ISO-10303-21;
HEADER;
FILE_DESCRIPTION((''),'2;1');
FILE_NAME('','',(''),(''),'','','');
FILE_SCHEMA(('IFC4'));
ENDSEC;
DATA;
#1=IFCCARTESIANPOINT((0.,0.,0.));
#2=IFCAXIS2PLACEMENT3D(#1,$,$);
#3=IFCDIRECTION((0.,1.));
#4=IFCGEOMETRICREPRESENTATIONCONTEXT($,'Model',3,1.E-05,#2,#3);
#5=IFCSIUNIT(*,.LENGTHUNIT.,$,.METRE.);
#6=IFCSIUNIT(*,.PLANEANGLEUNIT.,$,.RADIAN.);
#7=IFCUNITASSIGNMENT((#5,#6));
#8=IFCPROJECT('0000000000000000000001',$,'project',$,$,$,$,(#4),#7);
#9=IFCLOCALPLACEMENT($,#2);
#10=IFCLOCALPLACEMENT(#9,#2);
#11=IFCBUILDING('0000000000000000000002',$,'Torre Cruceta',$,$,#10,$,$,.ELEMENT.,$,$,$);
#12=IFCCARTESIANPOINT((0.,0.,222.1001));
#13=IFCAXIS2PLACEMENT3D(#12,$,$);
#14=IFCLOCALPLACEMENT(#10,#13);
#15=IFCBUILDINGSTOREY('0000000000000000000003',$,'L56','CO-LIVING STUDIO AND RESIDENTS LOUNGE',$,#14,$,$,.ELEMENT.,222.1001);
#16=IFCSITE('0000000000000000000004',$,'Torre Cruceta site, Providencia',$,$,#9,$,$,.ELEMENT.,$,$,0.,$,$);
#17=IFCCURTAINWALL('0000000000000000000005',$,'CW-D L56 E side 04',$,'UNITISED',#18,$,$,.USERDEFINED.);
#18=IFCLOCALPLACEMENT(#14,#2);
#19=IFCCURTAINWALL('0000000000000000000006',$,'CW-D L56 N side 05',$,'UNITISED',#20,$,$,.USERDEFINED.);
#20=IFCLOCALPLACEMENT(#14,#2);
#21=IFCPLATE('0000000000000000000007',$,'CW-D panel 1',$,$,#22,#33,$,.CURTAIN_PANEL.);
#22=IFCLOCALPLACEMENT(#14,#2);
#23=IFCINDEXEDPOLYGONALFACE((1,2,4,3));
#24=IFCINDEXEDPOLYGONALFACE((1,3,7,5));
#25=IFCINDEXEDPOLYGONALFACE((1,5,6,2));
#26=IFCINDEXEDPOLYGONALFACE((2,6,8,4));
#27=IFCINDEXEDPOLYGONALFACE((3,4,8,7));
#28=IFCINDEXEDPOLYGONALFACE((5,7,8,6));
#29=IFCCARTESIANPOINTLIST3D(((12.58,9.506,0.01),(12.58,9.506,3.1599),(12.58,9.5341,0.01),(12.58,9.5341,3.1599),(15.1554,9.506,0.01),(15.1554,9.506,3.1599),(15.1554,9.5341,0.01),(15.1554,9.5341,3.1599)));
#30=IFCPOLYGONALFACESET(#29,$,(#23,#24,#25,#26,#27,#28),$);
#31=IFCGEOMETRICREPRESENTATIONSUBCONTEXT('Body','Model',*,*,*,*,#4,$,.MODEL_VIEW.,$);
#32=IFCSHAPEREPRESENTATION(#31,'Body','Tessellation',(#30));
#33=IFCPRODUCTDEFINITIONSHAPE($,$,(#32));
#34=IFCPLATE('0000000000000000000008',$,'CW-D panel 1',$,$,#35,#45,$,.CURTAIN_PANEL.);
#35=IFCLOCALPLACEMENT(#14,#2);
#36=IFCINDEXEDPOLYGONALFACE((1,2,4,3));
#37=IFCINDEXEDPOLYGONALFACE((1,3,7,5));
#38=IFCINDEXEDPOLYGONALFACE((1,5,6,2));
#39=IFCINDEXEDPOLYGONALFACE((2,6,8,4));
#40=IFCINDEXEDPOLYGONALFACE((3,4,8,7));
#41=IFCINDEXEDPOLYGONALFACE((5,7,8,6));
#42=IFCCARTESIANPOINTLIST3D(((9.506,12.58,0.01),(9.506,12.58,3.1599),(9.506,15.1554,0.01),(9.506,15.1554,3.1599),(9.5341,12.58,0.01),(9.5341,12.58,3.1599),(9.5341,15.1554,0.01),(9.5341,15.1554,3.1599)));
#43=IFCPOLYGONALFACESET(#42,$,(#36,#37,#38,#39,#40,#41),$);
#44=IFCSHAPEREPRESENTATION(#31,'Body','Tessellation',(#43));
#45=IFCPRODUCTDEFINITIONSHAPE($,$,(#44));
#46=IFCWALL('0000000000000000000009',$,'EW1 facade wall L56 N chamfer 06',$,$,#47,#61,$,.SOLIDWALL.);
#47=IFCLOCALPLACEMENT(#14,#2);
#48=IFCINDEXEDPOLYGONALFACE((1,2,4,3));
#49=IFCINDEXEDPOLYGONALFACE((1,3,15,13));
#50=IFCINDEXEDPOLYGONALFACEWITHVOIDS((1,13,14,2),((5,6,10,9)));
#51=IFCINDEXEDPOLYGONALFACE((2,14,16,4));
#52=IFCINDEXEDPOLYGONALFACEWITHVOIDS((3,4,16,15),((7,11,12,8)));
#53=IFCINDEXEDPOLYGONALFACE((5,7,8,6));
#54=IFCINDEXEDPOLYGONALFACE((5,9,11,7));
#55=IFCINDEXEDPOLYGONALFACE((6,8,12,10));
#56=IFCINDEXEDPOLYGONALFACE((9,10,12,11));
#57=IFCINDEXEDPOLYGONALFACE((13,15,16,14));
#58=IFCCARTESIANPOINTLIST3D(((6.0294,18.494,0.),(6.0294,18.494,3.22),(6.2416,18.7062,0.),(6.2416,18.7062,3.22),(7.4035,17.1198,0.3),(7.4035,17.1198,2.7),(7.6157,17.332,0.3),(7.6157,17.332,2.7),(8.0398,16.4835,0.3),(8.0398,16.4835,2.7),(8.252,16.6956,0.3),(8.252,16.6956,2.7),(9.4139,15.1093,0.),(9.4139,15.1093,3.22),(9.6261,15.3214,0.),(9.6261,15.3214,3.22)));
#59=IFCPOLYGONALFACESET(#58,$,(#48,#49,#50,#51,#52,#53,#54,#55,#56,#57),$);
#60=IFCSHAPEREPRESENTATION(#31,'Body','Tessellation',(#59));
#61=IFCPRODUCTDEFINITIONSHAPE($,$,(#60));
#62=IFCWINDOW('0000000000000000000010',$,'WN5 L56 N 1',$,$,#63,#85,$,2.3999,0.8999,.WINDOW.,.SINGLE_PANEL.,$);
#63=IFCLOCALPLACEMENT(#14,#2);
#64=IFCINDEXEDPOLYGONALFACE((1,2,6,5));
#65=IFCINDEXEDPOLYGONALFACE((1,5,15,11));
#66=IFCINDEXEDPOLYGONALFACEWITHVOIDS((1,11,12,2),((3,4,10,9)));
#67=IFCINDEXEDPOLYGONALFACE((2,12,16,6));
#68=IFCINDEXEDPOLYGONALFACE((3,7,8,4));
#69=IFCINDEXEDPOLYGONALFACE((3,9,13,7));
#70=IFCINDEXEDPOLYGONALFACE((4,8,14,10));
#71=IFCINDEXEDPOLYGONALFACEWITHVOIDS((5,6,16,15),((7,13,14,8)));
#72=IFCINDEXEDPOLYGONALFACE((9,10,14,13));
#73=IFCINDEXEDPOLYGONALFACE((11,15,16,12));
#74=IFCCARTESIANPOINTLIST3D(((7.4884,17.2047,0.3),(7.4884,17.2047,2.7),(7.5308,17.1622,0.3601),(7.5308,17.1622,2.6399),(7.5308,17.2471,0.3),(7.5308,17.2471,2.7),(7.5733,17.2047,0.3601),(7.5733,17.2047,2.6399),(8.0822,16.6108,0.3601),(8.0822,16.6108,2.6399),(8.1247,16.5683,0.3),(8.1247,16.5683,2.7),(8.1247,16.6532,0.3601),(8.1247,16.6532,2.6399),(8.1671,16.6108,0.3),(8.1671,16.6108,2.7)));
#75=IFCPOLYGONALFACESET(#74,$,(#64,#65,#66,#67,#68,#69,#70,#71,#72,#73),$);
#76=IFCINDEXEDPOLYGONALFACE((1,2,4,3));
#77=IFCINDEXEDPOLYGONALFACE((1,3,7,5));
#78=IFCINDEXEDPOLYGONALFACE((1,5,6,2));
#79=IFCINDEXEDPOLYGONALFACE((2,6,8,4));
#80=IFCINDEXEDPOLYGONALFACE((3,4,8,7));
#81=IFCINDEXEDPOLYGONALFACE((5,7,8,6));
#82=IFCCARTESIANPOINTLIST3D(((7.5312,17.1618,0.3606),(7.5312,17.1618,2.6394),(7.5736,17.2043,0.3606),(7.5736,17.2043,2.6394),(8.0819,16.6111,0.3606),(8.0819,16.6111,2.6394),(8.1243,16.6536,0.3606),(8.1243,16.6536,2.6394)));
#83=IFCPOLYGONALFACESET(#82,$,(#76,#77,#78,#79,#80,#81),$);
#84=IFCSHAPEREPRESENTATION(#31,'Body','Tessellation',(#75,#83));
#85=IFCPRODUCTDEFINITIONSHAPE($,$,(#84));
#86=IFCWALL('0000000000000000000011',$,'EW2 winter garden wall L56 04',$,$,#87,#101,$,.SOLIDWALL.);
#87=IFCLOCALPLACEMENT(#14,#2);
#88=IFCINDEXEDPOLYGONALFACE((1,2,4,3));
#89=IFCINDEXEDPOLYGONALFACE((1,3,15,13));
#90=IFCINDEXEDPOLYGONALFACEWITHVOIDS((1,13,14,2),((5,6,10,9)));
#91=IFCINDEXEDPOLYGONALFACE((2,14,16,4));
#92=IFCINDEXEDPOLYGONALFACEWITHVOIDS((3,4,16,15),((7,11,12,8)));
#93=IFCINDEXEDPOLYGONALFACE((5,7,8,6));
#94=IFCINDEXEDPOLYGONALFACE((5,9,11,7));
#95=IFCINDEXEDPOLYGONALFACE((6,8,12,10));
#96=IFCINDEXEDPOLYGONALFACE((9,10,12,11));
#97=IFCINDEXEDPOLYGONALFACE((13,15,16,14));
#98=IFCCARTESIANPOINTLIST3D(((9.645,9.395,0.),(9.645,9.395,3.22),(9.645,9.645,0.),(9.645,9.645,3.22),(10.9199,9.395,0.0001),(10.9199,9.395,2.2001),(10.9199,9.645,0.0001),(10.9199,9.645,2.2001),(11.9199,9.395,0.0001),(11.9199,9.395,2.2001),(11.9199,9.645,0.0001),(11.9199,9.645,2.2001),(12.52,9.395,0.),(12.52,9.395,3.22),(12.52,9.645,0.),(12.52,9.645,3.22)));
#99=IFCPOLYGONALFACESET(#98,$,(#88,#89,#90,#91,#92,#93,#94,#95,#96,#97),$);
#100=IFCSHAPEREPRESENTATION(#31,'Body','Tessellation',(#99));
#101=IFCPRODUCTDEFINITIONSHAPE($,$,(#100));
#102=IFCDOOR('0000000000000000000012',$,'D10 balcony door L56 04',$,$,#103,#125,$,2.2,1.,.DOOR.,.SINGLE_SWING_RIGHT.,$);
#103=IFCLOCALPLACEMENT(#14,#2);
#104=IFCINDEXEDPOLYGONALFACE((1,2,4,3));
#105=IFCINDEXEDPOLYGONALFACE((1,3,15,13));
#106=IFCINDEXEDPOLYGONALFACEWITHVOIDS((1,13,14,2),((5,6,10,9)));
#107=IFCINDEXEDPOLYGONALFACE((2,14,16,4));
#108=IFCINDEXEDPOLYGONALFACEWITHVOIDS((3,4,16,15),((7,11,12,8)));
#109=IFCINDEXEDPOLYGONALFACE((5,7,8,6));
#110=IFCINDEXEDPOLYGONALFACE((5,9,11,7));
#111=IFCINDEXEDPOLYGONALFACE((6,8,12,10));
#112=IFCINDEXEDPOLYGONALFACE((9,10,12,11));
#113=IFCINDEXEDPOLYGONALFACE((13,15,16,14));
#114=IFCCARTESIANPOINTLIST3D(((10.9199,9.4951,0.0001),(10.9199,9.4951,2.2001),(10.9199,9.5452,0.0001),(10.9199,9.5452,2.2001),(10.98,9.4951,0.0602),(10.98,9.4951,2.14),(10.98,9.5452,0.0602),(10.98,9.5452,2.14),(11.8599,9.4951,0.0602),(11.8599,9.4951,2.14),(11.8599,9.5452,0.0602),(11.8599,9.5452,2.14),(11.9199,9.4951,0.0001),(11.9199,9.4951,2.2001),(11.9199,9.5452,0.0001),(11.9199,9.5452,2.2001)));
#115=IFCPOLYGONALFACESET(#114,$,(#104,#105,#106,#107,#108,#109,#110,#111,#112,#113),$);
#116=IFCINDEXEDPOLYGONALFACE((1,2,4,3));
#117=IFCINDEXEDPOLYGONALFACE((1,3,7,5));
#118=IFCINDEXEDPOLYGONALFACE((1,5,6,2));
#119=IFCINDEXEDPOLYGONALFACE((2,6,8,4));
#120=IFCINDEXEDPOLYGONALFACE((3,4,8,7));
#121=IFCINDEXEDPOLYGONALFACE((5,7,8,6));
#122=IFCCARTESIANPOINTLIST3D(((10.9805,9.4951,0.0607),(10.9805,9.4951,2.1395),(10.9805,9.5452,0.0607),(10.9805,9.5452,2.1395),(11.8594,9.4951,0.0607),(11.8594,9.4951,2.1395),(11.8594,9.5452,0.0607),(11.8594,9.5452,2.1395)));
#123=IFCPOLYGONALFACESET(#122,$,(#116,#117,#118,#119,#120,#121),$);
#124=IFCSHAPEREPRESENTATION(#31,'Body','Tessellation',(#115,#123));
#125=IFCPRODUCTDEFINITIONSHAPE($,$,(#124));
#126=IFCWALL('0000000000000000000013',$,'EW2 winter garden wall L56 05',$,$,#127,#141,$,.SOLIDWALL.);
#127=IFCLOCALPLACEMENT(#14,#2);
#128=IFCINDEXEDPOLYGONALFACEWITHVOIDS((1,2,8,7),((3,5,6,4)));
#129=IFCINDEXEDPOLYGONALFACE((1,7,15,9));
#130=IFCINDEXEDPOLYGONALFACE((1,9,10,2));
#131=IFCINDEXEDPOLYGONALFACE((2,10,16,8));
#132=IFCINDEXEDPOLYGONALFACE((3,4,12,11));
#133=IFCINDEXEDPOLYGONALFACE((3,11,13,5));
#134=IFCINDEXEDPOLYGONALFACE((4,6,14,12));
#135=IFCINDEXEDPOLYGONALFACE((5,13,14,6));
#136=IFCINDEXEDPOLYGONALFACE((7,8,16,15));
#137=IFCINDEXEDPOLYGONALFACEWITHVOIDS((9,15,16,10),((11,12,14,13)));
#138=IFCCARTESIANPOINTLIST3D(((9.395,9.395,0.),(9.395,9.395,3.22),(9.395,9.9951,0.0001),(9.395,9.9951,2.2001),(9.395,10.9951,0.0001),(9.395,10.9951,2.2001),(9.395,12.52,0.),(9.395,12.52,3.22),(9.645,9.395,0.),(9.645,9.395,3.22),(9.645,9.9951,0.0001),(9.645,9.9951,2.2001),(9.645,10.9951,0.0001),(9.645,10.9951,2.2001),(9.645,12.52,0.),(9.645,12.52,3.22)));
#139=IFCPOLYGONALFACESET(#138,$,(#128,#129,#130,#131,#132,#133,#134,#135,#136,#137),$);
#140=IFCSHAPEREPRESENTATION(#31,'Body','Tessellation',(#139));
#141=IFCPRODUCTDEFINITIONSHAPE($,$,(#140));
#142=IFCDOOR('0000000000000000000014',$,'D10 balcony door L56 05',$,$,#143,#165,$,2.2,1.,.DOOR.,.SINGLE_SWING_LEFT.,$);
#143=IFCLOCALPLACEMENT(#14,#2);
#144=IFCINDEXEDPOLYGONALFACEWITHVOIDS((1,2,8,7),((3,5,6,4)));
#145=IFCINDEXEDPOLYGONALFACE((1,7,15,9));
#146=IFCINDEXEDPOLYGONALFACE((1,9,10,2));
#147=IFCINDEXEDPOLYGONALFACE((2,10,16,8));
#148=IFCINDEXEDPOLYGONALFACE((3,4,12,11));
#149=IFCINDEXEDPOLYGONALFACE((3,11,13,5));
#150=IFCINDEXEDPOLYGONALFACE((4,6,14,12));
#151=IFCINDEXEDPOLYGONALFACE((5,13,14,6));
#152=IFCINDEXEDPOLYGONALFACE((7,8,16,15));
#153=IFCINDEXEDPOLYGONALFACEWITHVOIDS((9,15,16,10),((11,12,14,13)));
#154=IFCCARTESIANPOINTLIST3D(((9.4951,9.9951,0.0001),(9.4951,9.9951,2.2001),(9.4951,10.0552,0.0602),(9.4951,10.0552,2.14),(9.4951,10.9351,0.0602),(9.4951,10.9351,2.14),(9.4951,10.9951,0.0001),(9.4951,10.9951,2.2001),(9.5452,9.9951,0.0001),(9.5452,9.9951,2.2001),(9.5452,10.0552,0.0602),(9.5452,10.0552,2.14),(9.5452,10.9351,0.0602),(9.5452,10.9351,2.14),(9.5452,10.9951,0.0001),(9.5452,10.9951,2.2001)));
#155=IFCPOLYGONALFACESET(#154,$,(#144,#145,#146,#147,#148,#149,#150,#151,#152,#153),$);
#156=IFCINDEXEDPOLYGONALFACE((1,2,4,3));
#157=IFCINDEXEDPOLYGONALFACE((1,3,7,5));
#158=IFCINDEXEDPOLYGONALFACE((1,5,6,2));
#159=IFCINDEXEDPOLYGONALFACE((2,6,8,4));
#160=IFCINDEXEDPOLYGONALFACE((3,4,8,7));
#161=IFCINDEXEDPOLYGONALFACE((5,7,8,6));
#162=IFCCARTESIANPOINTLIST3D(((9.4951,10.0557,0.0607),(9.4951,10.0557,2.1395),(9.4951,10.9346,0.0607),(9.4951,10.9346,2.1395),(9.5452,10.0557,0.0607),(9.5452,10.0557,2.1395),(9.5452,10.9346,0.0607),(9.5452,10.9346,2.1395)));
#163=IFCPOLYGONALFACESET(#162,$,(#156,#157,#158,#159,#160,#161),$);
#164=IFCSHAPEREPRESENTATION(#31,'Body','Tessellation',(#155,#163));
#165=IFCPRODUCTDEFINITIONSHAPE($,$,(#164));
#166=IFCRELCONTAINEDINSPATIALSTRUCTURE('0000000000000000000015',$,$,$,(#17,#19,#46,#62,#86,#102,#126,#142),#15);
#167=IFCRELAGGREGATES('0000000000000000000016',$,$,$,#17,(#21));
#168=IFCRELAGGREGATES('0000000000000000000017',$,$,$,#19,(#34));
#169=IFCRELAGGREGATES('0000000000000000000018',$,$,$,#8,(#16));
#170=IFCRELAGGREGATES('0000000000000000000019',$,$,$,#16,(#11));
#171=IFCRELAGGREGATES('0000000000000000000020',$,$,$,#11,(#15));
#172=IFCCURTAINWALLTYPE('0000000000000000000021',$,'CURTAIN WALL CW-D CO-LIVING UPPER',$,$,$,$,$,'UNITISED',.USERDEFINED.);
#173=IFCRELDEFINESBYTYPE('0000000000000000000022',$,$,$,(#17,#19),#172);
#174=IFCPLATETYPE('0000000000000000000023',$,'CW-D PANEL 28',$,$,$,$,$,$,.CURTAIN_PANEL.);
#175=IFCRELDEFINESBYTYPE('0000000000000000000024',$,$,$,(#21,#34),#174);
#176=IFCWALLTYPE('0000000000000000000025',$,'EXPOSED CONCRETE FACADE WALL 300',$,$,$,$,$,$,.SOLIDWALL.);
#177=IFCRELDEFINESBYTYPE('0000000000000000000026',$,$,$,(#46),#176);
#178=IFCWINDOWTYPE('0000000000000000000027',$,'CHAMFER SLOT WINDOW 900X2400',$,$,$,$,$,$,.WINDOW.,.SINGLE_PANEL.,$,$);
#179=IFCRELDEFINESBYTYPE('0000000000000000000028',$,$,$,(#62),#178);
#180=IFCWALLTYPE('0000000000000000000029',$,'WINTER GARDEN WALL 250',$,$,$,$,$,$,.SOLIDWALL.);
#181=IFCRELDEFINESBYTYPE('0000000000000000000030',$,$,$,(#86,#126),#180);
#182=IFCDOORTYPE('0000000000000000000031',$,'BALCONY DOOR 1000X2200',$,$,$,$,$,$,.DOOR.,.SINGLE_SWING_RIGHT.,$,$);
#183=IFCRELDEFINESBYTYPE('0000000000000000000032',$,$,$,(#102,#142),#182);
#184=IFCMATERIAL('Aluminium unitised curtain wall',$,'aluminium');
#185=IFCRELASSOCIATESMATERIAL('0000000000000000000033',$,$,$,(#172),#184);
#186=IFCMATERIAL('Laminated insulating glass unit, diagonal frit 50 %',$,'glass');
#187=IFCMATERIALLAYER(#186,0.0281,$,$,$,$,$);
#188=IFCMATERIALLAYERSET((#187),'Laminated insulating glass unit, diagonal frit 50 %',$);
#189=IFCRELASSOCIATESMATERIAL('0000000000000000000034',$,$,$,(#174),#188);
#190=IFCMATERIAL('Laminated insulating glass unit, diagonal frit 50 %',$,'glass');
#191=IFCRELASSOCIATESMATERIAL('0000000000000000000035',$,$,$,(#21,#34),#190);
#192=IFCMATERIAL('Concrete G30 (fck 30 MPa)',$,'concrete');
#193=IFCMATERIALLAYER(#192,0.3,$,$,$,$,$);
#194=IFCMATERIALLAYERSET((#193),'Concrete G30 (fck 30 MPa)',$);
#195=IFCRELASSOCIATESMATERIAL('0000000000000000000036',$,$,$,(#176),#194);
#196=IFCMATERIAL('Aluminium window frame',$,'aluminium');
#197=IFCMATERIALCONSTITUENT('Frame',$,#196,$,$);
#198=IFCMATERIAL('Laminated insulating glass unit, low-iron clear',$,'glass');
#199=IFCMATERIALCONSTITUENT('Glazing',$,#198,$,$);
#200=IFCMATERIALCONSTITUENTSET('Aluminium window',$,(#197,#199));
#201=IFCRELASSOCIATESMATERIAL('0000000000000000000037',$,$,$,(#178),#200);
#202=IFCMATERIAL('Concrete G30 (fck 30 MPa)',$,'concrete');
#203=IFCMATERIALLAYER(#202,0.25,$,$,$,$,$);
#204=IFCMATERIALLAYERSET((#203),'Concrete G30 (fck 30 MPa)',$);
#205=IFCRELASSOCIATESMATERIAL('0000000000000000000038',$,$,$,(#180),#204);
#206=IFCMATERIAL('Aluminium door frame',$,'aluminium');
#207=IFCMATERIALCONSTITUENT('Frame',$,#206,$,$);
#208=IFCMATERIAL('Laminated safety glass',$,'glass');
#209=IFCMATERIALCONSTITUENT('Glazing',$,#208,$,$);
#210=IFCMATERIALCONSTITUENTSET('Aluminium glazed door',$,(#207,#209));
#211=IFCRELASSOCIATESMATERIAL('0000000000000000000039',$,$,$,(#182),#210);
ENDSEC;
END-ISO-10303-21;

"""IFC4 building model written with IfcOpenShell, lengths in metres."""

from ifc_helpers import new_model, si_unit, direction, frame, frame_2d, origin, origin_2d, place, context, subcontext, project, spatial, rectangle, hollow_rectangle, extrude, material, layer, layer_set, constituent, constituent_set, type_object, element, fill, aggregate, save


model = new_model("IFC4")

# Units and contexts
model_context = context("Model", 3, precision=1e-05, world=origin(), true_north=direction((0.0, 1.0)))
body_context = subcontext(model_context, "Body", "Model", "MODEL_VIEW")
ifc_project = project(units=[si_unit("LENGTHUNIT", "METRE"), si_unit("PLANEANGLEUNIT", "RADIAN")], contexts=[model_context])

# Site, building, storey
site_placement = place(None, origin())
site = spatial("IfcSite", under=ifc_project, at=site_placement, Name="Torre Cruceta site, Providencia", CompositionType="ELEMENT", RefElevation=0.0)
building_placement = place(site_placement, origin())
building = spatial("IfcBuilding", under=site, at=building_placement, Name="Torre Cruceta", CompositionType="ELEMENT")
storey_placement = place(building_placement, frame((0.0, 0.0, 222.1001)))
storey = spatial("IfcBuildingStorey", under=building, at=storey_placement, Name="L56", Description="CO-LIVING STUDIO AND RESIDENTS LOUNGE", CompositionType="ELEMENT", Elevation=222.1001)

# Curtain walls
ifc_material_1 = material(Name="Aluminium unitised curtain wall", Category="aluminium")
curtain_wall_type = type_object("IfcCurtainWallType", Name="CURTAIN WALL CW-D CO-LIVING UPPER", ElementType="UNITISED", PredefinedType="USERDEFINED", material=ifc_material_1)
curtain_wall_1_placement = place(storey_placement, origin())
curtain_wall_1 = element("IfcCurtainWall", 1, at=curtain_wall_1_placement, inside=storey, type_object=curtain_wall_type, Name="CW-D L56 E side 04", ObjectType="UNITISED", PredefinedType="USERDEFINED")
curtain_wall_2_placement = place(storey_placement, origin())
curtain_wall_2 = element("IfcCurtainWall", 2, at=curtain_wall_2_placement, inside=storey, type_object=curtain_wall_type, Name="CW-D L56 N side 05", ObjectType="UNITISED", PredefinedType="USERDEFINED")

# Plates
ifc_material_2 = material(Name="Laminated insulating glass unit, diagonal frit 50 %", Category="glass")
ifc_material_3 = material(Name="Laminated insulating glass unit, diagonal frit 50 %", Category="glass")
ifc_layer_1 = layer(ifc_material_3, 0.0281)
ifc_layer_set_1 = layer_set([ifc_layer_1], Name="Laminated insulating glass unit, diagonal frit 50 %")
plate_type = type_object("IfcPlateType", Name="CW-D PANEL 28", PredefinedType="CURTAIN_PANEL", material=ifc_layer_set_1)
plate_1_placement = place(storey_placement, frame((13.8677, 9.52, 0.01), z_axis=(0.0, 0.0, 1.0), x_axis=(-1.0, 0.0, 0.0)))
plate_1 = element("IfcPlate", 3, at=plate_1_placement, type_object=plate_type, material=ifc_material_2, Name="CW-D panel 1", PredefinedType="CURTAIN_PANEL", context=body_context, shape_type="SweptSolid", body=[
    extrude(rectangle(XDim=2.5754, YDim=0.0281, at=origin_2d()), origin(), (0.0, 0.0, 1.0), 3.1499),
])
aggregate(curtain_wall_1, [plate_1])
plate_2_placement = place(storey_placement, frame((9.52, 13.8677, 0.01), z_axis=(0.0, 0.0, 1.0), x_axis=(0.0, 1.0, 0.0)))
plate_2 = element("IfcPlate", 4, at=plate_2_placement, type_object=plate_type, material=ifc_material_2, Name="CW-D panel 1", PredefinedType="CURTAIN_PANEL", context=body_context, shape_type="SweptSolid", body=[
    extrude(rectangle(XDim=2.5754, YDim=0.0281, at=origin_2d()), origin(), (0.0, 0.0, 1.0), 3.1499),
])
aggregate(curtain_wall_2, [plate_2])

# Wall, opening, window
ifc_material_4 = material(Name="Concrete G30 (fck 30 MPa)", Category="concrete")
ifc_layer_2 = layer(ifc_material_4, 0.3)
ifc_layer_set_2 = layer_set([ifc_layer_2], Name="Concrete G30 (fck 30 MPa)")
wall_type_1 = type_object("IfcWallType", Name="EXPOSED CONCRETE FACADE WALL 300", PredefinedType="SOLIDWALL", material=ifc_layer_set_2)
wall_1_placement = place(storey_placement, frame((9.52, 15.2153, 0.0), z_axis=(0.0, 0.0, 1.0), x_axis=(-0.707081, 0.707132, 0.0)))
wall_1 = element("IfcWall", 5, at=wall_1_placement, inside=storey, type_object=wall_type_1, Name="EW1 facade wall L56 N chamfer 06", PredefinedType="SOLIDWALL", context=body_context, shape_type="SweptSolid", body=[
    extrude(rectangle(XDim=4.7866, YDim=0.3, at=frame_2d((2.3933, 0.0))), origin(), (0.0, 0.0, 1.0), 3.22),
])
opening_1_placement = place(wall_1_placement, frame((1.9434, 0.0, 0.3)))
opening_1 = element("IfcOpeningElement", 6, at=opening_1_placement, cuts=wall_1, PredefinedType="OPENING", context=body_context, shape_type="SweptSolid", body=[
    extrude(rectangle(XDim=0.8999, YDim=2.3999, at=frame_2d((0.45, 1.2))), frame((0.0, 0.1599, 0.0), z_axis=(0.0, -1.0, 0.0), x_axis=(1.0, 0.0, 0.0)), (0.0, 0.0, 1.0), 0.3201),
])
ifc_material_5 = material(Name="Aluminium window frame", Category="aluminium")
ifc_constituent_1 = constituent(ifc_material_5, Name="Frame")
ifc_material_6 = material(Name="Laminated insulating glass unit, low-iron clear", Category="glass")
ifc_constituent_2 = constituent(ifc_material_6, Name="Glazing")
ifc_constituent_set_1 = constituent_set(constituents=[ifc_constituent_1, ifc_constituent_2], Name="Aluminium window")
window_type = type_object("IfcWindowType", Name="CHAMFER SLOT WINDOW 900X2400", PartitioningType="SINGLE_PANEL", PredefinedType="WINDOW", material=ifc_constituent_set_1)
window_placement = place(opening_1_placement, origin())
window = element("IfcWindow", 7, at=window_placement, inside=storey, type_object=window_type, Name="WN5 L56 N 1", OverallHeight=2.3999, OverallWidth=0.8999, PartitioningType="SINGLE_PANEL", PredefinedType="WINDOW", context=body_context, shape_type="SweptSolid", body=[
    extrude(hollow_rectangle(XDim=0.8999, YDim=2.3999, WallThickness=0.0601, at=frame_2d((0.45, 1.2))), frame((0.0, 0.03, 0.0), z_axis=(0.0, -1.0, 0.0), x_axis=(1.0, 0.0, 0.0)), (0.0, 0.0, 1.0), 0.0601),
    extrude(rectangle(XDim=0.7788, YDim=2.2788, at=frame_2d((0.45, 1.2))), frame((0.0, 0.03, 0.0), z_axis=(0.0, -1.0, 0.0), x_axis=(1.0, 0.0, 0.0)), (0.0, 0.0, 1.0), 0.0601),
])
fill(opening_1, window)

# Walls, openings, doors
ifc_material_7 = material(Name="Concrete G30 (fck 30 MPa)", Category="concrete")
ifc_layer_3 = layer(ifc_material_7, 0.25)
ifc_layer_set_3 = layer_set([ifc_layer_3], Name="Concrete G30 (fck 30 MPa)")
wall_type_2 = type_object("IfcWallType", Name="WINTER GARDEN WALL 250", PredefinedType="SOLIDWALL", material=ifc_layer_set_3)
wall_2_placement = place(storey_placement, frame((12.52, 9.52, 0.0), z_axis=(0.0, 0.0, 1.0), x_axis=(-1.0, 0.0, 0.0)))
wall_2 = element("IfcWall", 8, at=wall_2_placement, inside=storey, type_object=wall_type_2, Name="EW2 winter garden wall L56 04", PredefinedType="SOLIDWALL", context=body_context, shape_type="SweptSolid", body=[
    extrude(rectangle(XDim=2.875, YDim=0.25, at=frame_2d((1.4375, 0.0))), origin(), (0.0, 0.0, 1.0), 3.22),
])
opening_2_placement = place(wall_2_placement, frame((0.6001, 0.0, 0.0)))
opening_2 = element("IfcOpeningElement", 9, at=opening_2_placement, cuts=wall_2, PredefinedType="OPENING", context=body_context, shape_type="SweptSolid", body=[
    extrude(rectangle(XDim=1.0, YDim=2.2, at=frame_2d((0.5, 1.1001))), frame((0.0, 0.135, 0.0), z_axis=(0.0, -1.0, 0.0), x_axis=(1.0, 0.0, 0.0)), (0.0, 0.0, 1.0), 0.27),
])
ifc_material_8 = material(Name="Aluminium door frame", Category="aluminium")
ifc_constituent_3 = constituent(ifc_material_8, Name="Frame")
ifc_material_9 = material(Name="Laminated safety glass", Category="glass")
ifc_constituent_4 = constituent(ifc_material_9, Name="Glazing")
ifc_constituent_set_2 = constituent_set(constituents=[ifc_constituent_3, ifc_constituent_4], Name="Aluminium glazed door")
door_type = type_object("IfcDoorType", Name="BALCONY DOOR 1000X2200", OperationType="SINGLE_SWING_RIGHT", PredefinedType="DOOR", material=ifc_constituent_set_2)
door_1_placement = place(opening_2_placement, origin())
door_1 = element("IfcDoor", 10, at=door_1_placement, inside=storey, type_object=door_type, Name="D10 balcony door L56 04", OperationType="SINGLE_SWING_RIGHT", OverallHeight=2.2, OverallWidth=1.0, PredefinedType="DOOR", context=body_context, shape_type="SweptSolid", body=[
    extrude(hollow_rectangle(XDim=1.0, YDim=2.2, WallThickness=0.0601, at=frame_2d((0.5, 1.1001))), frame((0.0, 0.0249, 0.0), z_axis=(0.0, -1.0, 0.0), x_axis=(1.0, 0.0, 0.0)), (0.0, 0.0, 1.0), 0.05),
    extrude(rectangle(XDim=0.8789, YDim=2.0789, at=frame_2d((0.5, 1.1001))), frame((0.0, 0.0249, 0.0), z_axis=(0.0, -1.0, 0.0), x_axis=(1.0, 0.0, 0.0)), (0.0, 0.0, 1.0), 0.05),
])
fill(opening_2, door_1)
wall_3_placement = place(storey_placement, frame((9.52, 9.395, 0.0), z_axis=(0.0, 0.0, 1.0), x_axis=(0.0, 1.0, 0.0)))
wall_3 = element("IfcWall", 11, at=wall_3_placement, inside=storey, type_object=wall_type_2, Name="EW2 winter garden wall L56 05", PredefinedType="SOLIDWALL", context=body_context, shape_type="SweptSolid", body=[
    extrude(rectangle(XDim=3.125, YDim=0.25, at=frame_2d((1.5625, 0.0))), origin(), (0.0, 0.0, 1.0), 3.22),
])
opening_3_placement = place(wall_3_placement, frame((0.6001, 0.0, 0.0)))
opening_3 = element("IfcOpeningElement", 12, at=opening_3_placement, cuts=wall_3, PredefinedType="OPENING", context=body_context, shape_type="SweptSolid", body=[
    extrude(rectangle(XDim=1.0, YDim=2.2, at=frame_2d((0.5, 1.1001))), frame((0.0, 0.135, 0.0), z_axis=(0.0, -1.0, 0.0), x_axis=(1.0, 0.0, 0.0)), (0.0, 0.0, 1.0), 0.27),
])
door_2_placement = place(opening_3_placement, origin())
door_2 = element("IfcDoor", 13, at=door_2_placement, inside=storey, type_object=door_type, Name="D10 balcony door L56 05", OperationType="SINGLE_SWING_LEFT", OverallHeight=2.2, OverallWidth=1.0, PredefinedType="DOOR", context=body_context, shape_type="SweptSolid", body=[
    extrude(hollow_rectangle(XDim=1.0, YDim=2.2, WallThickness=0.0601, at=frame_2d((0.5, 1.1001))), frame((0.0, 0.0249, 0.0), z_axis=(0.0, -1.0, 0.0), x_axis=(1.0, 0.0, 0.0)), (0.0, 0.0, 1.0), 0.05),
    extrude(rectangle(XDim=0.8789, YDim=2.0789, at=frame_2d((0.5, 1.1001))), frame((0.0, 0.0249, 0.0), z_axis=(0.0, -1.0, 0.0), x_axis=(1.0, 0.0, 0.0)), (0.0, 0.0, 1.0), 0.05),
])
fill(opening_3, door_2)

save(model, "model.ifc")
